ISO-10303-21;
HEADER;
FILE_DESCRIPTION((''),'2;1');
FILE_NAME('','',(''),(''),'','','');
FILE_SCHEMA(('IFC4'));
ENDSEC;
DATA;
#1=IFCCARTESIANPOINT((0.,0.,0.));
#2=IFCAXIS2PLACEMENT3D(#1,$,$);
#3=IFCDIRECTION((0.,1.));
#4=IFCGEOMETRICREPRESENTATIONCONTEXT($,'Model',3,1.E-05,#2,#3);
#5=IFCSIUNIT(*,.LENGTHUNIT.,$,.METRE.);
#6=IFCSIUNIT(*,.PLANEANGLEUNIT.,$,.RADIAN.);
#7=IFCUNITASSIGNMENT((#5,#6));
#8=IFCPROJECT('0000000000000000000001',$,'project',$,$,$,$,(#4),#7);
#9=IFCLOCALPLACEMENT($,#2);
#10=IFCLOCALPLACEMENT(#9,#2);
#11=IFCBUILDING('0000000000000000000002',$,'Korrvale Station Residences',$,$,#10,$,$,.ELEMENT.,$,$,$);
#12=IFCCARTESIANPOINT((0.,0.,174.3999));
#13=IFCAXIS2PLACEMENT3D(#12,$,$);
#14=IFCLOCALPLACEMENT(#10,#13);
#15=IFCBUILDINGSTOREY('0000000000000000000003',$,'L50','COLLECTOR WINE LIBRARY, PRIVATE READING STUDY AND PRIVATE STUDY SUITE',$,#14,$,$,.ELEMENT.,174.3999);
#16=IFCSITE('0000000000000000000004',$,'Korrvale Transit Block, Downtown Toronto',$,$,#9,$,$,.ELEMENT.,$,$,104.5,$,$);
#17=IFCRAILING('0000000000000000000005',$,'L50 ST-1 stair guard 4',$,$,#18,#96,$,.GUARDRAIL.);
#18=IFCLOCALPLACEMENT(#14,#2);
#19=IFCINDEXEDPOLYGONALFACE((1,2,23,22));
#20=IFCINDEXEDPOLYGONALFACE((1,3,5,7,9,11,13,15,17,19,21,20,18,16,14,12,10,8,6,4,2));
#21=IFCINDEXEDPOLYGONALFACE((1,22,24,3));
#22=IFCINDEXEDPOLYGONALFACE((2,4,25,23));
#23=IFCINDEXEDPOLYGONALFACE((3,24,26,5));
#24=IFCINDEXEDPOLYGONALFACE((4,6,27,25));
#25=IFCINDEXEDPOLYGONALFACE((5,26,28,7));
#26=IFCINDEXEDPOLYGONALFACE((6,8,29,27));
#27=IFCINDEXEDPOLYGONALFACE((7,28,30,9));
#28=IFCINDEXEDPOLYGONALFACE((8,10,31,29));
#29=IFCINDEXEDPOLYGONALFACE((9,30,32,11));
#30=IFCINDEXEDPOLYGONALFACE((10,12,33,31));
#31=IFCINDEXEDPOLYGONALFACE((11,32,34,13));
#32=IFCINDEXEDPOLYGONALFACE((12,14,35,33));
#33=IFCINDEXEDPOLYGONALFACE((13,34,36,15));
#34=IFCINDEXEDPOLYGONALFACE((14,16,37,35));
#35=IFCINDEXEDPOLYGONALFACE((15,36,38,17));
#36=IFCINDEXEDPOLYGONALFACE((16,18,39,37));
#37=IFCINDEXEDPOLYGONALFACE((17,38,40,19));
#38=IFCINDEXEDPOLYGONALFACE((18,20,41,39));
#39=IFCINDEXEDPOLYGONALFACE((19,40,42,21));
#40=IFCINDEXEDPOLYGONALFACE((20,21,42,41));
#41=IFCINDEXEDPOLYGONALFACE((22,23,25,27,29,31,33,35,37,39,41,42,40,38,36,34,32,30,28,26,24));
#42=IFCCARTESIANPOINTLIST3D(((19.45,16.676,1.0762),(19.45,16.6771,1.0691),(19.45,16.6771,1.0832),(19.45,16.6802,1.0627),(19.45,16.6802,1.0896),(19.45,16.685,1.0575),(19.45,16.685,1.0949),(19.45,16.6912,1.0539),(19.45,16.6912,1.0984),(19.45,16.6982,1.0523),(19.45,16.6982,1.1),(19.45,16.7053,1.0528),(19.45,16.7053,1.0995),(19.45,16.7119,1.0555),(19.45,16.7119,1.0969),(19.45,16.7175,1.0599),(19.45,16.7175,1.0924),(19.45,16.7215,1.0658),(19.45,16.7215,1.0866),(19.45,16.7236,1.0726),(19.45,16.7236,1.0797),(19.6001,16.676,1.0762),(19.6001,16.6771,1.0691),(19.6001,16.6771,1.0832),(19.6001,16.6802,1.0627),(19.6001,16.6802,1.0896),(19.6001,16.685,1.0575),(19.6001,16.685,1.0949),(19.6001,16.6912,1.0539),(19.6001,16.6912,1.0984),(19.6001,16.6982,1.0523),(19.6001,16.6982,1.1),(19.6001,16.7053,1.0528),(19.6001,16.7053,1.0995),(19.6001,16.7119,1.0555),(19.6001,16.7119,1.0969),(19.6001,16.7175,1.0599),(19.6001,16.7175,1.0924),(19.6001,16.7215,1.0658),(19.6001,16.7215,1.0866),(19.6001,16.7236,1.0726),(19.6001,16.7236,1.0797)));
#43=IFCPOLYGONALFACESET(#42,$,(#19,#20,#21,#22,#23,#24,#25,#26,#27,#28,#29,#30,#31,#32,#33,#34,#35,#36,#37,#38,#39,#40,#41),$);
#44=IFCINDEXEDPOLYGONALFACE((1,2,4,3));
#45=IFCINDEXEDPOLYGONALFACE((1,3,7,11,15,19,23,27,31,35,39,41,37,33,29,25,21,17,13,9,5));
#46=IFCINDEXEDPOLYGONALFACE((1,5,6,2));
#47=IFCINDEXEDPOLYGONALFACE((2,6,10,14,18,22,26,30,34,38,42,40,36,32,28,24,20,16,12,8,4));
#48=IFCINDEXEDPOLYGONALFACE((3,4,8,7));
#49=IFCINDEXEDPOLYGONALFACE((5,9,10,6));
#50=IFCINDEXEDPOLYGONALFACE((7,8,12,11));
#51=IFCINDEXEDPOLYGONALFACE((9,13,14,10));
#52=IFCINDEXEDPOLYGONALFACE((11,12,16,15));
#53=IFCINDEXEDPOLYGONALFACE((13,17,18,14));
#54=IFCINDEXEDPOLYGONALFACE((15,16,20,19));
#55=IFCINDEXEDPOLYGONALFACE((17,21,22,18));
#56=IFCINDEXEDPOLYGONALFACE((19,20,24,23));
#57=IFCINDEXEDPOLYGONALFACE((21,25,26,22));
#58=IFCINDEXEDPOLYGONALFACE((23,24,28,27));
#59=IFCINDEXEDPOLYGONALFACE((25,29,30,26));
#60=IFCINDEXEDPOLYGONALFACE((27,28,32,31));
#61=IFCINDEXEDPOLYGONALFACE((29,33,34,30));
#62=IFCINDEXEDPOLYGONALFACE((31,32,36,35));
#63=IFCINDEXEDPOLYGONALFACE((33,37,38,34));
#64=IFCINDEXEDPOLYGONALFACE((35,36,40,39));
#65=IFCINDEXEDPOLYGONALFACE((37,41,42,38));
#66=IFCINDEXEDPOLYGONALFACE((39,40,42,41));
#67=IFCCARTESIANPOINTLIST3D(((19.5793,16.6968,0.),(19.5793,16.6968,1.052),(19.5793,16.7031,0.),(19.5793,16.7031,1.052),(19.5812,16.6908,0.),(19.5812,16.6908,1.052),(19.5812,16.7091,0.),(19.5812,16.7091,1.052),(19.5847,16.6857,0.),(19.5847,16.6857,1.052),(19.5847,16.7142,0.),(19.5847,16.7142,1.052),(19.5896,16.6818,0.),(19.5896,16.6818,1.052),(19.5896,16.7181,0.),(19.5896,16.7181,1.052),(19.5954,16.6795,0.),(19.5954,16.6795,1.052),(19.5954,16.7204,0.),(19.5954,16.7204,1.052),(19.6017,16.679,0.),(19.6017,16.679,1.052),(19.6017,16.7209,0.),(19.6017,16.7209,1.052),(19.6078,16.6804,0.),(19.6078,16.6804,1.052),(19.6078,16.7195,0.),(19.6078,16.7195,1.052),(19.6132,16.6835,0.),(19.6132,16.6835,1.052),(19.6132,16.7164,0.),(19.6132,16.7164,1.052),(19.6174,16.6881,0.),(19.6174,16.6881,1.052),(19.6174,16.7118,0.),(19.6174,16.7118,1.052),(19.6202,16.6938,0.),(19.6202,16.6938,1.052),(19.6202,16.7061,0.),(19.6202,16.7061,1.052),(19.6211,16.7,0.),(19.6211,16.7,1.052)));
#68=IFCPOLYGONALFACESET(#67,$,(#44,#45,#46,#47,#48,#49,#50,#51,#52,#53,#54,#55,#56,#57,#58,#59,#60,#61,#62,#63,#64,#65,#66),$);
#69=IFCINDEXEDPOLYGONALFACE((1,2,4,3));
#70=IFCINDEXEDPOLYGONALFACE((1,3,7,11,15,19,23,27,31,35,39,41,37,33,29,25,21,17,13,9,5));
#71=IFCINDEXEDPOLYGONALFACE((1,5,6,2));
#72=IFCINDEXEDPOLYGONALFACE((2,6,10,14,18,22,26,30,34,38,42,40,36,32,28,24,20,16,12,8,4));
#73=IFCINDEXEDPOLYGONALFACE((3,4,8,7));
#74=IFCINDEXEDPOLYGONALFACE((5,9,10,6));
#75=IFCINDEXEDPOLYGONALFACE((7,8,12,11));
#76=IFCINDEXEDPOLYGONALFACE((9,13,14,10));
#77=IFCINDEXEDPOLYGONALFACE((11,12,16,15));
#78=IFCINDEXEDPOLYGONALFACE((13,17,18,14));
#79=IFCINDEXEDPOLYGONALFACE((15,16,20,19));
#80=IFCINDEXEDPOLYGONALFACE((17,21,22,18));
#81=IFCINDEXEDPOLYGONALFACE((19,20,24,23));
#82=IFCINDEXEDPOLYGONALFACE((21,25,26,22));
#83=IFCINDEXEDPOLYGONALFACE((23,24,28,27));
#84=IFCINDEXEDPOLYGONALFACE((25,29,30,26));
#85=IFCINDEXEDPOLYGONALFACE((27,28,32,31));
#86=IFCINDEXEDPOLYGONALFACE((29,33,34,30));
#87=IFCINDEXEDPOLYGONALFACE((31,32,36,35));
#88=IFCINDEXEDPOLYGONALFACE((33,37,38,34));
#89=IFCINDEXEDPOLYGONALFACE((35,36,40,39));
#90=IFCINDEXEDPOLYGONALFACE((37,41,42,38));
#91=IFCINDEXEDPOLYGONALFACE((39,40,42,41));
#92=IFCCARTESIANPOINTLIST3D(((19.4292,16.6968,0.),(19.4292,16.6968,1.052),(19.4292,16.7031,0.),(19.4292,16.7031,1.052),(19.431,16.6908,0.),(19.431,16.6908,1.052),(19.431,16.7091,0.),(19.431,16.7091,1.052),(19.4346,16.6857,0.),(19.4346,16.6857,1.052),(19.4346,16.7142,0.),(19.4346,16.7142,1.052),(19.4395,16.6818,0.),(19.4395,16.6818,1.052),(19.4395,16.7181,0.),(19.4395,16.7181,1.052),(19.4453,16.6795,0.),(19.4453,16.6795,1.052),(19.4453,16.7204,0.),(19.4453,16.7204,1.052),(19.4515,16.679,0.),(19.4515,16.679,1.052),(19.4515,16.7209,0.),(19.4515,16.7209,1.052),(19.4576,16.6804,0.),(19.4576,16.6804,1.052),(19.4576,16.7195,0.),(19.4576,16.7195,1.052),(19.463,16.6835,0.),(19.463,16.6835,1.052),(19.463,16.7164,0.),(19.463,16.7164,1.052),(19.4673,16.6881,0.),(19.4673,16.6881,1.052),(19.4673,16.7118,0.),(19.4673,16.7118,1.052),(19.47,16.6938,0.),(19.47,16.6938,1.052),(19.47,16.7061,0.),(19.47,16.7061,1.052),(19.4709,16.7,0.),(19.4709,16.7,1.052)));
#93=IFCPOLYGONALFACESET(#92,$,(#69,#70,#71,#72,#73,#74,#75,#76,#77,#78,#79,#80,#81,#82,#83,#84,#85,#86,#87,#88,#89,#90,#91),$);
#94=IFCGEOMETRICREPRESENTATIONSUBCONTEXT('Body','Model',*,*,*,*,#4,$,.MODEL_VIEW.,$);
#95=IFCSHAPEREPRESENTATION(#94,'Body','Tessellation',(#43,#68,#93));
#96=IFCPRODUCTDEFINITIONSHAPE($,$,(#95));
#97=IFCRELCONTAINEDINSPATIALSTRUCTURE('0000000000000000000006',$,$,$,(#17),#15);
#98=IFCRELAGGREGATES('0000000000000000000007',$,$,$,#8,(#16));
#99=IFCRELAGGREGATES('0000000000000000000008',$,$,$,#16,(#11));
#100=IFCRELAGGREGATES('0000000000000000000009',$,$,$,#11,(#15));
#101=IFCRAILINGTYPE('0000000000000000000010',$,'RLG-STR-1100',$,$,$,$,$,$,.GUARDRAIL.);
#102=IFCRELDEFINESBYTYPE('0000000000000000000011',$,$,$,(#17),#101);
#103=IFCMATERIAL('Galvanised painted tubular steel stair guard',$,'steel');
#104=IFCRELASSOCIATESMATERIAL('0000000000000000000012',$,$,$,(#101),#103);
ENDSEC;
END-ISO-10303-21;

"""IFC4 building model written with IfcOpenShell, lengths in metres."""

from ifc_helpers import new_model, si_unit, direction, frame, origin, origin_2d, place, context, subcontext, project, spatial, circle, extrude, material, type_object, element, save


model = new_model("IFC4")

# Units and contexts
model_context = context("Model", 3, precision=1e-05, world=origin(), true_north=direction((0.0, 1.0)))
body_context = subcontext(model_context, "Body", "Model", "MODEL_VIEW")
ifc_project = project(units=[si_unit("LENGTHUNIT", "METRE"), si_unit("PLANEANGLEUNIT", "RADIAN")], contexts=[model_context])

# Site, building, storey
site_placement = place(None, origin())
site = spatial("IfcSite", under=ifc_project, at=site_placement, Name="Korrvale Transit Block, Downtown Toronto", CompositionType="ELEMENT", RefElevation=104.5)
building_placement = place(site_placement, origin())
building = spatial("IfcBuilding", under=site, at=building_placement, Name="Korrvale Station Residences", CompositionType="ELEMENT")
storey_placement = place(building_placement, frame((0.0, 0.0, 174.3999)))
storey = spatial("IfcBuildingStorey", under=building, at=storey_placement, Name="L50", Description="COLLECTOR WINE LIBRARY, PRIVATE READING STUDY AND PRIVATE STUDY SUITE", CompositionType="ELEMENT", Elevation=174.3999)

# Railing
ifc_material_1 = material(Name="Galvanised painted tubular steel stair guard", Category="steel")
railing_type_1 = type_object("IfcRailingType", Name="RLG-STR-1100", PredefinedType="GUARDRAIL", material=ifc_material_1)
railing_1_placement = place(storey_placement, frame((19.6001, 16.7, 0.0)))
element("IfcRailing", 1, at=railing_1_placement, inside=storey, type_object=railing_type_1, Name="L50 ST-1 stair guard 4", PredefinedType="GUARDRAIL", context=body_context, shape_type="SweptSolid", body=[
    extrude(circle(Radius=0.0239, at=origin_2d()), frame((0.0, 0.0, 1.0762), z_axis=(-1.0, 0.0, 0.0), x_axis=(0.0, -1.0, 0.0)), (0.0, 0.0, 1.0), 0.1501),
    extrude(circle(Radius=0.021, at=origin_2d()), origin(), (0.0, 0.0, 1.0), 1.052),
    extrude(circle(Radius=0.021, at=origin_2d()), frame((-0.1501, 0.0, 0.0)), (0.0, 0.0, 1.0), 1.052),
])

save(model, "model.ifc")
